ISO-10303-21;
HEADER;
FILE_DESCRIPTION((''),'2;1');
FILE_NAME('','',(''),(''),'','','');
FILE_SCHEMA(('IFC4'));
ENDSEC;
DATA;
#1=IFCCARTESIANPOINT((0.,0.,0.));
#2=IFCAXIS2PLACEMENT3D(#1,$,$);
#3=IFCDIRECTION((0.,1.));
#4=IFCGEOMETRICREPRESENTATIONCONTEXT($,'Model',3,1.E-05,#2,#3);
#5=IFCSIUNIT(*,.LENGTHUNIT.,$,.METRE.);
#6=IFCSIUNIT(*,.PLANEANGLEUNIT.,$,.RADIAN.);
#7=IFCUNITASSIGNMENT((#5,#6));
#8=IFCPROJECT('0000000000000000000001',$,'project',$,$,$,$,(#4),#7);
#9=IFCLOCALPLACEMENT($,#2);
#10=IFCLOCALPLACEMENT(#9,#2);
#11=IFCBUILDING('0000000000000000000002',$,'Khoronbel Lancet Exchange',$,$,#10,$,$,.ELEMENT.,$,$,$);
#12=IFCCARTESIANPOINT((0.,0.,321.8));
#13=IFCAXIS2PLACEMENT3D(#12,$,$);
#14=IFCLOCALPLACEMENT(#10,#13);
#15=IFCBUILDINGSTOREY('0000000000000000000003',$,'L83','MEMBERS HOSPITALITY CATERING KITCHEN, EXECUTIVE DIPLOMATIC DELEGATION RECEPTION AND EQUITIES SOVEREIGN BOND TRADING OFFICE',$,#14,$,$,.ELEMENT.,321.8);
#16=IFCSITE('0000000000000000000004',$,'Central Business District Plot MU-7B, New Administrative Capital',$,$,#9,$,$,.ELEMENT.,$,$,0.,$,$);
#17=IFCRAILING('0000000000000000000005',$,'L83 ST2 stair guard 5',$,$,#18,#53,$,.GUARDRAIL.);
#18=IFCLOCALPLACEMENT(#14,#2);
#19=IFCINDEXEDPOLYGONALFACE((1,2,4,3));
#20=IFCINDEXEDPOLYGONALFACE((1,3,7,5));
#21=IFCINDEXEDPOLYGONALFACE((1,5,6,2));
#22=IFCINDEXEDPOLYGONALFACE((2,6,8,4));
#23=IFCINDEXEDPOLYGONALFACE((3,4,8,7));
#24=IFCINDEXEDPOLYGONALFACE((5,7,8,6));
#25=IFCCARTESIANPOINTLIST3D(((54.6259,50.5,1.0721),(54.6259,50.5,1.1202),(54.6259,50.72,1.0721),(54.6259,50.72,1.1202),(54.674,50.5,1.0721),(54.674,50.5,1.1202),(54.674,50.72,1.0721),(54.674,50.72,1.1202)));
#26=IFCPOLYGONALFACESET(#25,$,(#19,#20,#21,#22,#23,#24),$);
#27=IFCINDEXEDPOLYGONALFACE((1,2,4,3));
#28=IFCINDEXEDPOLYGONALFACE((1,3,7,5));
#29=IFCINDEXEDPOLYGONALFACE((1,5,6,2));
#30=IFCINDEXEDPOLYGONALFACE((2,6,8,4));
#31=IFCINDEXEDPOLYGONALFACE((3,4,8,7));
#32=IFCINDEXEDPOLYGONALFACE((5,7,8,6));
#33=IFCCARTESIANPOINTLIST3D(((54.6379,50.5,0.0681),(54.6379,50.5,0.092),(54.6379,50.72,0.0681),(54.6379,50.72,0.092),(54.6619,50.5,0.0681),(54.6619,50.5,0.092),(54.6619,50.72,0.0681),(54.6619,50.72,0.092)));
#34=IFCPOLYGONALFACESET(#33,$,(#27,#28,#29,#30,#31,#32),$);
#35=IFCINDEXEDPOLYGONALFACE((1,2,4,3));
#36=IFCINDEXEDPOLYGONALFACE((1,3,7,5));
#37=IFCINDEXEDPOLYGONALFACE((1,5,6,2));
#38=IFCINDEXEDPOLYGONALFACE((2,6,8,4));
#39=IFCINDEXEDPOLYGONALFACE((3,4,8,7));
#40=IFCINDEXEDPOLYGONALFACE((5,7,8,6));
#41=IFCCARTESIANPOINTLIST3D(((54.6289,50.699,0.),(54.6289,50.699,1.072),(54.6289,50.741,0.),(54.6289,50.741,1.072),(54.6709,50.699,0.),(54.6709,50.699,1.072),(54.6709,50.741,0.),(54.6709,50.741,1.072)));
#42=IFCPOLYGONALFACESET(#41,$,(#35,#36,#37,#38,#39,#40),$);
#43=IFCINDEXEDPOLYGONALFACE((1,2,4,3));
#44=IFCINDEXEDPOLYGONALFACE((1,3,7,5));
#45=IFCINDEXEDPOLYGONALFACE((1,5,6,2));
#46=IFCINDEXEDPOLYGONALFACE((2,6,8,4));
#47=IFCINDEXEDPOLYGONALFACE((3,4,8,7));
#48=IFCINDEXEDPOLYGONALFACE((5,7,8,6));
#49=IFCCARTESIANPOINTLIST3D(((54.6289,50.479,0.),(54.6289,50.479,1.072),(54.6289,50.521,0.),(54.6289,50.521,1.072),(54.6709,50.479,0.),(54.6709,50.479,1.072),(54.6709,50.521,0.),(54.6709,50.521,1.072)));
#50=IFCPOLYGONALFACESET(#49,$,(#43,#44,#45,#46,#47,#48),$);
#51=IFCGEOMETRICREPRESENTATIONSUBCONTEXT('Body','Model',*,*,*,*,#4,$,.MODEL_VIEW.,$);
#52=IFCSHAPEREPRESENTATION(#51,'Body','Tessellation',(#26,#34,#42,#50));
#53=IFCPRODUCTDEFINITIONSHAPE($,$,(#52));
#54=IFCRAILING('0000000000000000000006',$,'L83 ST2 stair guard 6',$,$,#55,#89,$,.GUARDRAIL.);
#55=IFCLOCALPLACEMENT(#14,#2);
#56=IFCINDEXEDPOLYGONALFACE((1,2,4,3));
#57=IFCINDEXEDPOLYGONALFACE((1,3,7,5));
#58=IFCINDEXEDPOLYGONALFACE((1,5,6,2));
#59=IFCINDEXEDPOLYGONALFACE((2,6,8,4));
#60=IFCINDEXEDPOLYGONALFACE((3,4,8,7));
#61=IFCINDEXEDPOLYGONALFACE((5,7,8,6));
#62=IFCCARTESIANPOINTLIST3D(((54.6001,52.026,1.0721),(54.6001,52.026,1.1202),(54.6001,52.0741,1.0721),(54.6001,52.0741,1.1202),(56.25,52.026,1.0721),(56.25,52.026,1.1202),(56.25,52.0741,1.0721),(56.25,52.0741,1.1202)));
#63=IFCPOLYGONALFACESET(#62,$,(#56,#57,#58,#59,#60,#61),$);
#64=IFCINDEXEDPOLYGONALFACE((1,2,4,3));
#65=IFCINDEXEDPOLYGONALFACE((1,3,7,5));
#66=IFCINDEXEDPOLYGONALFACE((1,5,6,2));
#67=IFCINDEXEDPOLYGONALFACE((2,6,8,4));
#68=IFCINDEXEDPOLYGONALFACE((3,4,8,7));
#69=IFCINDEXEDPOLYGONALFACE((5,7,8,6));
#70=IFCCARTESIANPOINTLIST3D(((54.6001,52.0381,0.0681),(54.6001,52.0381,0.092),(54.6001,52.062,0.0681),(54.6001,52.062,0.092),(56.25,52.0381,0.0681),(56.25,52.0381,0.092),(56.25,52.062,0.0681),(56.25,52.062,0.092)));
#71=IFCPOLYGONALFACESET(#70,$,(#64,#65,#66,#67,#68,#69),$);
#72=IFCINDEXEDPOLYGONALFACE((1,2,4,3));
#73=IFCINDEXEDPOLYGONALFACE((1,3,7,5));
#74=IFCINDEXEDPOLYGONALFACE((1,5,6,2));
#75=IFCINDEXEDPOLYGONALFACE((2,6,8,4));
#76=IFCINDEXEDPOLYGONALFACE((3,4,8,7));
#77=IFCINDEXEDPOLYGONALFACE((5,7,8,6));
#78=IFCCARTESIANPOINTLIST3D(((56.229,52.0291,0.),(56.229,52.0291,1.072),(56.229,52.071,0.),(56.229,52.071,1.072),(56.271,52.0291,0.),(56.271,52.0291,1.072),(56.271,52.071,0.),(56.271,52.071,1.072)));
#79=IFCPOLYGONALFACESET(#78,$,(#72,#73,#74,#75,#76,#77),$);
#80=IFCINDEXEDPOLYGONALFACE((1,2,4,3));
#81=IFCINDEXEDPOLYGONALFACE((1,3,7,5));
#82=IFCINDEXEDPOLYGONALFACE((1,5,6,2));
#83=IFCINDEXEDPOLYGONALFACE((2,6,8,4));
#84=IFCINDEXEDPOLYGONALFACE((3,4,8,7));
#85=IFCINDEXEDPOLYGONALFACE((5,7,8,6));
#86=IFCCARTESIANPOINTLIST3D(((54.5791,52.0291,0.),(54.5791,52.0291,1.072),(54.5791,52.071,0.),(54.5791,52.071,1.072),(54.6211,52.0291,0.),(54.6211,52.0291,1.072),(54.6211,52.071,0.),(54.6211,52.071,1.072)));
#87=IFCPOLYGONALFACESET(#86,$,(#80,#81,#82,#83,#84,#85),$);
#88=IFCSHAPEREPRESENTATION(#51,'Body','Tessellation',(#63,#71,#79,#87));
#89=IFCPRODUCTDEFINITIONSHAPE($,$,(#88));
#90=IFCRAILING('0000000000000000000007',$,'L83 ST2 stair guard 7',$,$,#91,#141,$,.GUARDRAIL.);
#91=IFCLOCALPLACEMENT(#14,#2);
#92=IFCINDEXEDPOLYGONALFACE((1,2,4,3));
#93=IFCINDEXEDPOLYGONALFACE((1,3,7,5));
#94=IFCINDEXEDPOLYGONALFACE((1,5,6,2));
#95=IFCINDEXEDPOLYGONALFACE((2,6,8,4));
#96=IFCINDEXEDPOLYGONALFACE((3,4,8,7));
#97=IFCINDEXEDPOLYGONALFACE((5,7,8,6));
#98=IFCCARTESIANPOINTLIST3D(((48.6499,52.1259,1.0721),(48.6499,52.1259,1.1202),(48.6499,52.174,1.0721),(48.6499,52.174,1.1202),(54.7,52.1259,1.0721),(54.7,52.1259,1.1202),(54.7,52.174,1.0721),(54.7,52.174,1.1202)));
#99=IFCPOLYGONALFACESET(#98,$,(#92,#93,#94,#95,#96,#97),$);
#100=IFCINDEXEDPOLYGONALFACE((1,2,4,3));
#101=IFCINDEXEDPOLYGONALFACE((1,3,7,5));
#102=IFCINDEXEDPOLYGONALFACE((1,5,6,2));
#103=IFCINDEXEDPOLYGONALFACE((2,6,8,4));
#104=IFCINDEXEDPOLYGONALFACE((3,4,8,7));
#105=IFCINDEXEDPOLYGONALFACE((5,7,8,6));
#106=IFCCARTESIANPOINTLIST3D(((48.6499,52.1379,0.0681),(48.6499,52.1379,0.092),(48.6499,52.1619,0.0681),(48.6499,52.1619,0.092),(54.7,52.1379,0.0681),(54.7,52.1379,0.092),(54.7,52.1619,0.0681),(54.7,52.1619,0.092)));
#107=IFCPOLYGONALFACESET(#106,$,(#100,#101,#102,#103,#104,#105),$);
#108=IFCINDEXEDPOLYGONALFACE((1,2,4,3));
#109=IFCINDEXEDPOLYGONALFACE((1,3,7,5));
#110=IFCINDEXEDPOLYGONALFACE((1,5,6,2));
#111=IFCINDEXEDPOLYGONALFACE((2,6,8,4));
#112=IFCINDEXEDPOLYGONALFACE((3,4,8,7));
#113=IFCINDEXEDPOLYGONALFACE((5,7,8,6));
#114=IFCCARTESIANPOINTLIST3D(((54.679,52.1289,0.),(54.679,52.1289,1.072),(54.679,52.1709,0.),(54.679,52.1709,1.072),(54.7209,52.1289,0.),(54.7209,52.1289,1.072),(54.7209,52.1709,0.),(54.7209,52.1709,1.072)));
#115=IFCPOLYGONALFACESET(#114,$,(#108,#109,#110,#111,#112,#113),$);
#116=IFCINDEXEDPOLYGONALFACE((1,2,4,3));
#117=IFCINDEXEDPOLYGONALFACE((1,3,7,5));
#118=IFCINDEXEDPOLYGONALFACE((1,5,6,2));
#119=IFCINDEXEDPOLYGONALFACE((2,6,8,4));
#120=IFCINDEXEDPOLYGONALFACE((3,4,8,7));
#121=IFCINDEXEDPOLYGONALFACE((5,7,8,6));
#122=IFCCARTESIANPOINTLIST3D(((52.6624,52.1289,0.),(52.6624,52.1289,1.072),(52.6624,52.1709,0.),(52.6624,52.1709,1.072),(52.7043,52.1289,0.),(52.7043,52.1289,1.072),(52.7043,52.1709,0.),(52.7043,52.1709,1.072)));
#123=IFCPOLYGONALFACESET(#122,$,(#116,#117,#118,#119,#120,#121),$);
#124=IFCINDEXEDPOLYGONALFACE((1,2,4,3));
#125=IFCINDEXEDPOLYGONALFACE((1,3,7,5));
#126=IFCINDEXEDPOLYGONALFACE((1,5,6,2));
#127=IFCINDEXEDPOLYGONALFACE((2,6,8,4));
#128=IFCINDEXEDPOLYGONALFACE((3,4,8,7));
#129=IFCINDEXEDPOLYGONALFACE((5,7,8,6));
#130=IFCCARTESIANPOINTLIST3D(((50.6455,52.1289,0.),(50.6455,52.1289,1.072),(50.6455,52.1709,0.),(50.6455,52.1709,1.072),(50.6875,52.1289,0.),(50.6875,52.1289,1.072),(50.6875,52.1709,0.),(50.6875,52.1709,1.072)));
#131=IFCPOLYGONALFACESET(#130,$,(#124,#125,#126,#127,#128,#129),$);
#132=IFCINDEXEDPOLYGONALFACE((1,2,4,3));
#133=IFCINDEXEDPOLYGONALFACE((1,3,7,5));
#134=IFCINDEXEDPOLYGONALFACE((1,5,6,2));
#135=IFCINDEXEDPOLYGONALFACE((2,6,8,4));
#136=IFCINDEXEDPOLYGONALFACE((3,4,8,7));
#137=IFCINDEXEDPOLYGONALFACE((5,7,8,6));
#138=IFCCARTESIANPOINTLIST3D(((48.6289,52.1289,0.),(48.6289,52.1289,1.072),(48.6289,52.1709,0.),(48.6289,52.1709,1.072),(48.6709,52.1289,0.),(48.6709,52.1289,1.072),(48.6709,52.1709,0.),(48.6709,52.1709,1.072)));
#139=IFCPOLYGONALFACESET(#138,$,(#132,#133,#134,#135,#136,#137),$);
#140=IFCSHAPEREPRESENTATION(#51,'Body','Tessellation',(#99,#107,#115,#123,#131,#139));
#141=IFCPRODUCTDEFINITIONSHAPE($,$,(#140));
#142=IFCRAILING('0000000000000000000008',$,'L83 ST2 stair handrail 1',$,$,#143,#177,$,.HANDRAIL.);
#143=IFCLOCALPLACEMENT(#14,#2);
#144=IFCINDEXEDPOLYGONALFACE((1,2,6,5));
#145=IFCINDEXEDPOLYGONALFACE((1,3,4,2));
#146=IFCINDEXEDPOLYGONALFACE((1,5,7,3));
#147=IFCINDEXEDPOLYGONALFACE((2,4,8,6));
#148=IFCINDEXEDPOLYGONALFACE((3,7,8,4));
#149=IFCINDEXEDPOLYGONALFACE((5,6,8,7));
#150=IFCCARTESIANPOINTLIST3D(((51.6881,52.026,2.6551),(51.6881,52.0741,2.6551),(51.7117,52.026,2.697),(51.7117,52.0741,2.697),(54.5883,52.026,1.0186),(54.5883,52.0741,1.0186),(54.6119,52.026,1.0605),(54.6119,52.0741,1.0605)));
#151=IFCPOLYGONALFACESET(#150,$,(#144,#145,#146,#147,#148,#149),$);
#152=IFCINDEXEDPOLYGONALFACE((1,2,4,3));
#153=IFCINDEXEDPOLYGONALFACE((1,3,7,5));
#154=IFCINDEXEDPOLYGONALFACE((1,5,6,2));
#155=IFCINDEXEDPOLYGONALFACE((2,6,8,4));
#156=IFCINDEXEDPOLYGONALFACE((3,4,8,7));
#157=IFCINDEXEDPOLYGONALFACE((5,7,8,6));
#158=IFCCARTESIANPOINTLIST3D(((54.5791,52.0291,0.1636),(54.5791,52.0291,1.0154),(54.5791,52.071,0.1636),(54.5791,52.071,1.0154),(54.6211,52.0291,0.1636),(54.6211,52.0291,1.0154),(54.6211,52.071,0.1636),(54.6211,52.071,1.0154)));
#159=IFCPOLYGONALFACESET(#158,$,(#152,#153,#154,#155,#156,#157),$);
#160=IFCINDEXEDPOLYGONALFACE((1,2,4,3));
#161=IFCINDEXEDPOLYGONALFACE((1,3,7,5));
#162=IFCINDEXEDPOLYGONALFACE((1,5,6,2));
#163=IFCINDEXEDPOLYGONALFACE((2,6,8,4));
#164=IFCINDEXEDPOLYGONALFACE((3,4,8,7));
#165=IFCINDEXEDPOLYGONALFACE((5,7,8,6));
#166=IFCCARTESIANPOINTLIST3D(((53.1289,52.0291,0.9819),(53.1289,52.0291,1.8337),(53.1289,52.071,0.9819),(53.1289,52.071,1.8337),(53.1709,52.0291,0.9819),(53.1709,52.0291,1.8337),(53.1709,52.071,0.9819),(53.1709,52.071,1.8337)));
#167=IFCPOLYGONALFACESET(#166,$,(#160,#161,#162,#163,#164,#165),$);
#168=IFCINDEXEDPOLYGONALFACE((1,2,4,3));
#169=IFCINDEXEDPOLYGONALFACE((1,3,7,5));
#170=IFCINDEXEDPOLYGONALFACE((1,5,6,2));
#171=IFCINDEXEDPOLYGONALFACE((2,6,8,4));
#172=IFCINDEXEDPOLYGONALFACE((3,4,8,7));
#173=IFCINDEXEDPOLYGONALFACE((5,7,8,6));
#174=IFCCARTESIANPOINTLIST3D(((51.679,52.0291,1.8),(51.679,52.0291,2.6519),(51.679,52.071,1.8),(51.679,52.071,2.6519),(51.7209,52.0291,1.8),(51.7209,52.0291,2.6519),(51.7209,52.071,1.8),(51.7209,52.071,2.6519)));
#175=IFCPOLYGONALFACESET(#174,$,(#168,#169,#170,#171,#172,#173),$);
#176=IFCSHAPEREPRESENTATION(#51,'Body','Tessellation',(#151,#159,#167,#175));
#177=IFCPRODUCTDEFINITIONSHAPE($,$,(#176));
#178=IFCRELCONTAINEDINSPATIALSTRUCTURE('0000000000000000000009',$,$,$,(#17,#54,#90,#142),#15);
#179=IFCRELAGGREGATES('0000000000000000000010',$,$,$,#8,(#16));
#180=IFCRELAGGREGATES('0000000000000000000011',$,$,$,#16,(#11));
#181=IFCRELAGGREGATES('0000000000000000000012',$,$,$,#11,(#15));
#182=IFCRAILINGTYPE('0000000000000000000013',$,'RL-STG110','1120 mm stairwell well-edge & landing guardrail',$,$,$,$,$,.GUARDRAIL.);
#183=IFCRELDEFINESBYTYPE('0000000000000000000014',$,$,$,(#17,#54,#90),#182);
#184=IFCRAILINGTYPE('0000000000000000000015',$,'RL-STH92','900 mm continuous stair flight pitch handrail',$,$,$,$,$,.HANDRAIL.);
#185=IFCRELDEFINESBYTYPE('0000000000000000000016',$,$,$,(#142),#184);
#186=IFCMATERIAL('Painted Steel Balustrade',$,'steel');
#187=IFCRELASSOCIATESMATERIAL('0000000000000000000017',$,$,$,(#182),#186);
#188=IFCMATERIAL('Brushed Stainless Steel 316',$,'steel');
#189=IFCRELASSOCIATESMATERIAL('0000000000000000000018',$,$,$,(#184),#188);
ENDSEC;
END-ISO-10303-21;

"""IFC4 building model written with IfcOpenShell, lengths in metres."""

from ifc_helpers import new_model, si_unit, direction, frame, origin, origin_2d, place, context, subcontext, project, spatial, rectangle, extrude, material, type_object, element, save


model = new_model("IFC4")

# Units and contexts
model_context = context("Model", 3, precision=1e-05, world=origin(), true_north=direction((0.0, 1.0)))
body_context = subcontext(model_context, "Body", "Model", "MODEL_VIEW")
ifc_project = project(units=[si_unit("LENGTHUNIT", "METRE"), si_unit("PLANEANGLEUNIT", "RADIAN")], contexts=[model_context])

# Site, building, storey
site_placement = place(None, origin())
site = spatial("IfcSite", under=ifc_project, at=site_placement, Name="Central Business District Plot MU-7B, New Administrative Capital", CompositionType="ELEMENT", RefElevation=0.0)
building_placement = place(site_placement, origin())
building = spatial("IfcBuilding", under=site, at=building_placement, Name="Khoronbel Lancet Exchange", CompositionType="ELEMENT")
storey_placement = place(building_placement, frame((0.0, 0.0, 321.8)))
storey = spatial("IfcBuildingStorey", under=building, at=storey_placement, Name="L83", Description="MEMBERS HOSPITALITY CATERING KITCHEN, EXECUTIVE DIPLOMATIC DELEGATION RECEPTION AND EQUITIES SOVEREIGN BOND TRADING OFFICE", CompositionType="ELEMENT", Elevation=321.8)

# Railings
ifc_material_1 = material(Name="Painted Steel Balustrade", Category="steel")
railing_type_1 = type_object("IfcRailingType", Name="RL-STG110", Description="1120 mm stairwell well-edge & landing guardrail", PredefinedType="GUARDRAIL", material=ifc_material_1)
railing_1_placement = place(storey_placement, frame((54.6499, 50.72, 0.0)))
element("IfcRailing", 1, at=railing_1_placement, inside=storey, type_object=railing_type_1, Name="L83 ST2 stair guard 5", PredefinedType="GUARDRAIL", context=body_context, shape_type="SweptSolid", body=[
    extrude(rectangle(XDim=0.0481, YDim=0.0481, at=origin_2d()), frame((0.0, 0.0, 1.0962), z_axis=(0.0, -1.0, 0.0), x_axis=(1.0, 0.0, 0.0)), (0.0, 0.0, 1.0), 0.22),
    extrude(rectangle(XDim=0.0239, YDim=0.0239, at=origin_2d()), frame((0.0, 0.0, 0.0801), z_axis=(0.0, -1.0, 0.0), x_axis=(1.0, 0.0, 0.0)), (0.0, 0.0, 1.0), 0.22),
    extrude(rectangle(XDim=0.042, YDim=0.042, at=origin_2d()), origin(), (0.0, 0.0, 1.0), 1.072),
    extrude(rectangle(XDim=0.042, YDim=0.042, at=origin_2d()), frame((0.0, -0.22, 0.0)), (0.0, 0.0, 1.0), 1.072),
])
railing_2_placement = place(storey_placement, frame((56.25, 52.05, 0.0)))
element("IfcRailing", 2, at=railing_2_placement, inside=storey, type_object=railing_type_1, Name="L83 ST2 stair guard 6", PredefinedType="GUARDRAIL", context=body_context, shape_type="SweptSolid", body=[
    extrude(rectangle(XDim=0.0481, YDim=0.0481, at=origin_2d()), frame((0.0, 0.0, 1.0962), z_axis=(-1.0, 0.0, 0.0), x_axis=(0.0, -1.0, 0.0)), (0.0, 0.0, 1.0), 1.6499),
    extrude(rectangle(XDim=0.0239, YDim=0.0239, at=origin_2d()), frame((0.0, 0.0, 0.0801), z_axis=(-1.0, 0.0, 0.0), x_axis=(0.0, -1.0, 0.0)), (0.0, 0.0, 1.0), 1.6499),
    extrude(rectangle(XDim=0.042, YDim=0.042, at=origin_2d()), origin(), (0.0, 0.0, 1.0), 1.072),
    extrude(rectangle(XDim=0.042, YDim=0.042, at=origin_2d()), frame((-1.6499, 0.0, 0.0)), (0.0, 0.0, 1.0), 1.072),
])
railing_3_placement = place(storey_placement, frame((54.7, 52.1499, 0.0)))
element("IfcRailing", 3, at=railing_3_placement, inside=storey, type_object=railing_type_1, Name="L83 ST2 stair guard 7", PredefinedType="GUARDRAIL", context=body_context, shape_type="SweptSolid", body=[
    extrude(rectangle(XDim=0.0481, YDim=0.0481, at=origin_2d()), frame((0.0, 0.0, 1.0962), z_axis=(-1.0, 0.0, 0.0), x_axis=(0.0, -1.0, 0.0)), (0.0, 0.0, 1.0), 6.05),
    extrude(rectangle(XDim=0.0239, YDim=0.0239, at=origin_2d()), frame((0.0, 0.0, 0.0801), z_axis=(-1.0, 0.0, 0.0), x_axis=(0.0, -1.0, 0.0)), (0.0, 0.0, 1.0), 6.05),
    extrude(rectangle(XDim=0.042, YDim=0.042, at=origin_2d()), origin(), (0.0, 0.0, 1.0), 1.072),
    extrude(rectangle(XDim=0.042, YDim=0.042, at=origin_2d()), frame((-2.0166, 0.0, 0.0)), (0.0, 0.0, 1.0), 1.072),
    extrude(rectangle(XDim=0.042, YDim=0.042, at=origin_2d()), frame((-4.0334, 0.0, 0.0)), (0.0, 0.0, 1.0), 1.072),
    extrude(rectangle(XDim=0.042, YDim=0.042, at=origin_2d()), frame((-6.05, 0.0, 0.0)), (0.0, 0.0, 1.0), 1.072),
])
ifc_material_2 = material(Name="Brushed Stainless Steel 316", Category="steel")
railing_type_2 = type_object("IfcRailingType", Name="RL-STH92", Description="900 mm continuous stair flight pitch handrail", PredefinedType="HANDRAIL", material=ifc_material_2)
railing_4_placement = place(storey_placement, frame((54.6001, 52.05, 0.1636)))
element("IfcRailing", 4, at=railing_4_placement, inside=storey, type_object=railing_type_2, Name="L83 ST2 stair handrail 1", PredefinedType="HANDRAIL", context=body_context, shape_type="SweptSolid", body=[
    extrude(rectangle(XDim=0.0481, YDim=0.0481, at=origin_2d()), frame((0.0, 0.0, 0.876), z_axis=(-0.870915, 0.0, 0.491434), x_axis=(0.0, -1.0, 0.0)), (0.0, 0.0, 1.0), 3.3301),
    extrude(rectangle(XDim=0.042, YDim=0.042, at=origin_2d()), origin(), (0.0, 0.0, 1.0), 0.8518),
    extrude(rectangle(XDim=0.042, YDim=0.042, at=origin_2d()), frame((-1.4502, 0.0, 0.8184)), (0.0, 0.0, 1.0), 0.8518),
    extrude(rectangle(XDim=0.042, YDim=0.042, at=origin_2d()), frame((-2.9001, 0.0, 1.6365)), (0.0, 0.0, 1.0), 0.8518),
])

save(model, "model.ifc")
